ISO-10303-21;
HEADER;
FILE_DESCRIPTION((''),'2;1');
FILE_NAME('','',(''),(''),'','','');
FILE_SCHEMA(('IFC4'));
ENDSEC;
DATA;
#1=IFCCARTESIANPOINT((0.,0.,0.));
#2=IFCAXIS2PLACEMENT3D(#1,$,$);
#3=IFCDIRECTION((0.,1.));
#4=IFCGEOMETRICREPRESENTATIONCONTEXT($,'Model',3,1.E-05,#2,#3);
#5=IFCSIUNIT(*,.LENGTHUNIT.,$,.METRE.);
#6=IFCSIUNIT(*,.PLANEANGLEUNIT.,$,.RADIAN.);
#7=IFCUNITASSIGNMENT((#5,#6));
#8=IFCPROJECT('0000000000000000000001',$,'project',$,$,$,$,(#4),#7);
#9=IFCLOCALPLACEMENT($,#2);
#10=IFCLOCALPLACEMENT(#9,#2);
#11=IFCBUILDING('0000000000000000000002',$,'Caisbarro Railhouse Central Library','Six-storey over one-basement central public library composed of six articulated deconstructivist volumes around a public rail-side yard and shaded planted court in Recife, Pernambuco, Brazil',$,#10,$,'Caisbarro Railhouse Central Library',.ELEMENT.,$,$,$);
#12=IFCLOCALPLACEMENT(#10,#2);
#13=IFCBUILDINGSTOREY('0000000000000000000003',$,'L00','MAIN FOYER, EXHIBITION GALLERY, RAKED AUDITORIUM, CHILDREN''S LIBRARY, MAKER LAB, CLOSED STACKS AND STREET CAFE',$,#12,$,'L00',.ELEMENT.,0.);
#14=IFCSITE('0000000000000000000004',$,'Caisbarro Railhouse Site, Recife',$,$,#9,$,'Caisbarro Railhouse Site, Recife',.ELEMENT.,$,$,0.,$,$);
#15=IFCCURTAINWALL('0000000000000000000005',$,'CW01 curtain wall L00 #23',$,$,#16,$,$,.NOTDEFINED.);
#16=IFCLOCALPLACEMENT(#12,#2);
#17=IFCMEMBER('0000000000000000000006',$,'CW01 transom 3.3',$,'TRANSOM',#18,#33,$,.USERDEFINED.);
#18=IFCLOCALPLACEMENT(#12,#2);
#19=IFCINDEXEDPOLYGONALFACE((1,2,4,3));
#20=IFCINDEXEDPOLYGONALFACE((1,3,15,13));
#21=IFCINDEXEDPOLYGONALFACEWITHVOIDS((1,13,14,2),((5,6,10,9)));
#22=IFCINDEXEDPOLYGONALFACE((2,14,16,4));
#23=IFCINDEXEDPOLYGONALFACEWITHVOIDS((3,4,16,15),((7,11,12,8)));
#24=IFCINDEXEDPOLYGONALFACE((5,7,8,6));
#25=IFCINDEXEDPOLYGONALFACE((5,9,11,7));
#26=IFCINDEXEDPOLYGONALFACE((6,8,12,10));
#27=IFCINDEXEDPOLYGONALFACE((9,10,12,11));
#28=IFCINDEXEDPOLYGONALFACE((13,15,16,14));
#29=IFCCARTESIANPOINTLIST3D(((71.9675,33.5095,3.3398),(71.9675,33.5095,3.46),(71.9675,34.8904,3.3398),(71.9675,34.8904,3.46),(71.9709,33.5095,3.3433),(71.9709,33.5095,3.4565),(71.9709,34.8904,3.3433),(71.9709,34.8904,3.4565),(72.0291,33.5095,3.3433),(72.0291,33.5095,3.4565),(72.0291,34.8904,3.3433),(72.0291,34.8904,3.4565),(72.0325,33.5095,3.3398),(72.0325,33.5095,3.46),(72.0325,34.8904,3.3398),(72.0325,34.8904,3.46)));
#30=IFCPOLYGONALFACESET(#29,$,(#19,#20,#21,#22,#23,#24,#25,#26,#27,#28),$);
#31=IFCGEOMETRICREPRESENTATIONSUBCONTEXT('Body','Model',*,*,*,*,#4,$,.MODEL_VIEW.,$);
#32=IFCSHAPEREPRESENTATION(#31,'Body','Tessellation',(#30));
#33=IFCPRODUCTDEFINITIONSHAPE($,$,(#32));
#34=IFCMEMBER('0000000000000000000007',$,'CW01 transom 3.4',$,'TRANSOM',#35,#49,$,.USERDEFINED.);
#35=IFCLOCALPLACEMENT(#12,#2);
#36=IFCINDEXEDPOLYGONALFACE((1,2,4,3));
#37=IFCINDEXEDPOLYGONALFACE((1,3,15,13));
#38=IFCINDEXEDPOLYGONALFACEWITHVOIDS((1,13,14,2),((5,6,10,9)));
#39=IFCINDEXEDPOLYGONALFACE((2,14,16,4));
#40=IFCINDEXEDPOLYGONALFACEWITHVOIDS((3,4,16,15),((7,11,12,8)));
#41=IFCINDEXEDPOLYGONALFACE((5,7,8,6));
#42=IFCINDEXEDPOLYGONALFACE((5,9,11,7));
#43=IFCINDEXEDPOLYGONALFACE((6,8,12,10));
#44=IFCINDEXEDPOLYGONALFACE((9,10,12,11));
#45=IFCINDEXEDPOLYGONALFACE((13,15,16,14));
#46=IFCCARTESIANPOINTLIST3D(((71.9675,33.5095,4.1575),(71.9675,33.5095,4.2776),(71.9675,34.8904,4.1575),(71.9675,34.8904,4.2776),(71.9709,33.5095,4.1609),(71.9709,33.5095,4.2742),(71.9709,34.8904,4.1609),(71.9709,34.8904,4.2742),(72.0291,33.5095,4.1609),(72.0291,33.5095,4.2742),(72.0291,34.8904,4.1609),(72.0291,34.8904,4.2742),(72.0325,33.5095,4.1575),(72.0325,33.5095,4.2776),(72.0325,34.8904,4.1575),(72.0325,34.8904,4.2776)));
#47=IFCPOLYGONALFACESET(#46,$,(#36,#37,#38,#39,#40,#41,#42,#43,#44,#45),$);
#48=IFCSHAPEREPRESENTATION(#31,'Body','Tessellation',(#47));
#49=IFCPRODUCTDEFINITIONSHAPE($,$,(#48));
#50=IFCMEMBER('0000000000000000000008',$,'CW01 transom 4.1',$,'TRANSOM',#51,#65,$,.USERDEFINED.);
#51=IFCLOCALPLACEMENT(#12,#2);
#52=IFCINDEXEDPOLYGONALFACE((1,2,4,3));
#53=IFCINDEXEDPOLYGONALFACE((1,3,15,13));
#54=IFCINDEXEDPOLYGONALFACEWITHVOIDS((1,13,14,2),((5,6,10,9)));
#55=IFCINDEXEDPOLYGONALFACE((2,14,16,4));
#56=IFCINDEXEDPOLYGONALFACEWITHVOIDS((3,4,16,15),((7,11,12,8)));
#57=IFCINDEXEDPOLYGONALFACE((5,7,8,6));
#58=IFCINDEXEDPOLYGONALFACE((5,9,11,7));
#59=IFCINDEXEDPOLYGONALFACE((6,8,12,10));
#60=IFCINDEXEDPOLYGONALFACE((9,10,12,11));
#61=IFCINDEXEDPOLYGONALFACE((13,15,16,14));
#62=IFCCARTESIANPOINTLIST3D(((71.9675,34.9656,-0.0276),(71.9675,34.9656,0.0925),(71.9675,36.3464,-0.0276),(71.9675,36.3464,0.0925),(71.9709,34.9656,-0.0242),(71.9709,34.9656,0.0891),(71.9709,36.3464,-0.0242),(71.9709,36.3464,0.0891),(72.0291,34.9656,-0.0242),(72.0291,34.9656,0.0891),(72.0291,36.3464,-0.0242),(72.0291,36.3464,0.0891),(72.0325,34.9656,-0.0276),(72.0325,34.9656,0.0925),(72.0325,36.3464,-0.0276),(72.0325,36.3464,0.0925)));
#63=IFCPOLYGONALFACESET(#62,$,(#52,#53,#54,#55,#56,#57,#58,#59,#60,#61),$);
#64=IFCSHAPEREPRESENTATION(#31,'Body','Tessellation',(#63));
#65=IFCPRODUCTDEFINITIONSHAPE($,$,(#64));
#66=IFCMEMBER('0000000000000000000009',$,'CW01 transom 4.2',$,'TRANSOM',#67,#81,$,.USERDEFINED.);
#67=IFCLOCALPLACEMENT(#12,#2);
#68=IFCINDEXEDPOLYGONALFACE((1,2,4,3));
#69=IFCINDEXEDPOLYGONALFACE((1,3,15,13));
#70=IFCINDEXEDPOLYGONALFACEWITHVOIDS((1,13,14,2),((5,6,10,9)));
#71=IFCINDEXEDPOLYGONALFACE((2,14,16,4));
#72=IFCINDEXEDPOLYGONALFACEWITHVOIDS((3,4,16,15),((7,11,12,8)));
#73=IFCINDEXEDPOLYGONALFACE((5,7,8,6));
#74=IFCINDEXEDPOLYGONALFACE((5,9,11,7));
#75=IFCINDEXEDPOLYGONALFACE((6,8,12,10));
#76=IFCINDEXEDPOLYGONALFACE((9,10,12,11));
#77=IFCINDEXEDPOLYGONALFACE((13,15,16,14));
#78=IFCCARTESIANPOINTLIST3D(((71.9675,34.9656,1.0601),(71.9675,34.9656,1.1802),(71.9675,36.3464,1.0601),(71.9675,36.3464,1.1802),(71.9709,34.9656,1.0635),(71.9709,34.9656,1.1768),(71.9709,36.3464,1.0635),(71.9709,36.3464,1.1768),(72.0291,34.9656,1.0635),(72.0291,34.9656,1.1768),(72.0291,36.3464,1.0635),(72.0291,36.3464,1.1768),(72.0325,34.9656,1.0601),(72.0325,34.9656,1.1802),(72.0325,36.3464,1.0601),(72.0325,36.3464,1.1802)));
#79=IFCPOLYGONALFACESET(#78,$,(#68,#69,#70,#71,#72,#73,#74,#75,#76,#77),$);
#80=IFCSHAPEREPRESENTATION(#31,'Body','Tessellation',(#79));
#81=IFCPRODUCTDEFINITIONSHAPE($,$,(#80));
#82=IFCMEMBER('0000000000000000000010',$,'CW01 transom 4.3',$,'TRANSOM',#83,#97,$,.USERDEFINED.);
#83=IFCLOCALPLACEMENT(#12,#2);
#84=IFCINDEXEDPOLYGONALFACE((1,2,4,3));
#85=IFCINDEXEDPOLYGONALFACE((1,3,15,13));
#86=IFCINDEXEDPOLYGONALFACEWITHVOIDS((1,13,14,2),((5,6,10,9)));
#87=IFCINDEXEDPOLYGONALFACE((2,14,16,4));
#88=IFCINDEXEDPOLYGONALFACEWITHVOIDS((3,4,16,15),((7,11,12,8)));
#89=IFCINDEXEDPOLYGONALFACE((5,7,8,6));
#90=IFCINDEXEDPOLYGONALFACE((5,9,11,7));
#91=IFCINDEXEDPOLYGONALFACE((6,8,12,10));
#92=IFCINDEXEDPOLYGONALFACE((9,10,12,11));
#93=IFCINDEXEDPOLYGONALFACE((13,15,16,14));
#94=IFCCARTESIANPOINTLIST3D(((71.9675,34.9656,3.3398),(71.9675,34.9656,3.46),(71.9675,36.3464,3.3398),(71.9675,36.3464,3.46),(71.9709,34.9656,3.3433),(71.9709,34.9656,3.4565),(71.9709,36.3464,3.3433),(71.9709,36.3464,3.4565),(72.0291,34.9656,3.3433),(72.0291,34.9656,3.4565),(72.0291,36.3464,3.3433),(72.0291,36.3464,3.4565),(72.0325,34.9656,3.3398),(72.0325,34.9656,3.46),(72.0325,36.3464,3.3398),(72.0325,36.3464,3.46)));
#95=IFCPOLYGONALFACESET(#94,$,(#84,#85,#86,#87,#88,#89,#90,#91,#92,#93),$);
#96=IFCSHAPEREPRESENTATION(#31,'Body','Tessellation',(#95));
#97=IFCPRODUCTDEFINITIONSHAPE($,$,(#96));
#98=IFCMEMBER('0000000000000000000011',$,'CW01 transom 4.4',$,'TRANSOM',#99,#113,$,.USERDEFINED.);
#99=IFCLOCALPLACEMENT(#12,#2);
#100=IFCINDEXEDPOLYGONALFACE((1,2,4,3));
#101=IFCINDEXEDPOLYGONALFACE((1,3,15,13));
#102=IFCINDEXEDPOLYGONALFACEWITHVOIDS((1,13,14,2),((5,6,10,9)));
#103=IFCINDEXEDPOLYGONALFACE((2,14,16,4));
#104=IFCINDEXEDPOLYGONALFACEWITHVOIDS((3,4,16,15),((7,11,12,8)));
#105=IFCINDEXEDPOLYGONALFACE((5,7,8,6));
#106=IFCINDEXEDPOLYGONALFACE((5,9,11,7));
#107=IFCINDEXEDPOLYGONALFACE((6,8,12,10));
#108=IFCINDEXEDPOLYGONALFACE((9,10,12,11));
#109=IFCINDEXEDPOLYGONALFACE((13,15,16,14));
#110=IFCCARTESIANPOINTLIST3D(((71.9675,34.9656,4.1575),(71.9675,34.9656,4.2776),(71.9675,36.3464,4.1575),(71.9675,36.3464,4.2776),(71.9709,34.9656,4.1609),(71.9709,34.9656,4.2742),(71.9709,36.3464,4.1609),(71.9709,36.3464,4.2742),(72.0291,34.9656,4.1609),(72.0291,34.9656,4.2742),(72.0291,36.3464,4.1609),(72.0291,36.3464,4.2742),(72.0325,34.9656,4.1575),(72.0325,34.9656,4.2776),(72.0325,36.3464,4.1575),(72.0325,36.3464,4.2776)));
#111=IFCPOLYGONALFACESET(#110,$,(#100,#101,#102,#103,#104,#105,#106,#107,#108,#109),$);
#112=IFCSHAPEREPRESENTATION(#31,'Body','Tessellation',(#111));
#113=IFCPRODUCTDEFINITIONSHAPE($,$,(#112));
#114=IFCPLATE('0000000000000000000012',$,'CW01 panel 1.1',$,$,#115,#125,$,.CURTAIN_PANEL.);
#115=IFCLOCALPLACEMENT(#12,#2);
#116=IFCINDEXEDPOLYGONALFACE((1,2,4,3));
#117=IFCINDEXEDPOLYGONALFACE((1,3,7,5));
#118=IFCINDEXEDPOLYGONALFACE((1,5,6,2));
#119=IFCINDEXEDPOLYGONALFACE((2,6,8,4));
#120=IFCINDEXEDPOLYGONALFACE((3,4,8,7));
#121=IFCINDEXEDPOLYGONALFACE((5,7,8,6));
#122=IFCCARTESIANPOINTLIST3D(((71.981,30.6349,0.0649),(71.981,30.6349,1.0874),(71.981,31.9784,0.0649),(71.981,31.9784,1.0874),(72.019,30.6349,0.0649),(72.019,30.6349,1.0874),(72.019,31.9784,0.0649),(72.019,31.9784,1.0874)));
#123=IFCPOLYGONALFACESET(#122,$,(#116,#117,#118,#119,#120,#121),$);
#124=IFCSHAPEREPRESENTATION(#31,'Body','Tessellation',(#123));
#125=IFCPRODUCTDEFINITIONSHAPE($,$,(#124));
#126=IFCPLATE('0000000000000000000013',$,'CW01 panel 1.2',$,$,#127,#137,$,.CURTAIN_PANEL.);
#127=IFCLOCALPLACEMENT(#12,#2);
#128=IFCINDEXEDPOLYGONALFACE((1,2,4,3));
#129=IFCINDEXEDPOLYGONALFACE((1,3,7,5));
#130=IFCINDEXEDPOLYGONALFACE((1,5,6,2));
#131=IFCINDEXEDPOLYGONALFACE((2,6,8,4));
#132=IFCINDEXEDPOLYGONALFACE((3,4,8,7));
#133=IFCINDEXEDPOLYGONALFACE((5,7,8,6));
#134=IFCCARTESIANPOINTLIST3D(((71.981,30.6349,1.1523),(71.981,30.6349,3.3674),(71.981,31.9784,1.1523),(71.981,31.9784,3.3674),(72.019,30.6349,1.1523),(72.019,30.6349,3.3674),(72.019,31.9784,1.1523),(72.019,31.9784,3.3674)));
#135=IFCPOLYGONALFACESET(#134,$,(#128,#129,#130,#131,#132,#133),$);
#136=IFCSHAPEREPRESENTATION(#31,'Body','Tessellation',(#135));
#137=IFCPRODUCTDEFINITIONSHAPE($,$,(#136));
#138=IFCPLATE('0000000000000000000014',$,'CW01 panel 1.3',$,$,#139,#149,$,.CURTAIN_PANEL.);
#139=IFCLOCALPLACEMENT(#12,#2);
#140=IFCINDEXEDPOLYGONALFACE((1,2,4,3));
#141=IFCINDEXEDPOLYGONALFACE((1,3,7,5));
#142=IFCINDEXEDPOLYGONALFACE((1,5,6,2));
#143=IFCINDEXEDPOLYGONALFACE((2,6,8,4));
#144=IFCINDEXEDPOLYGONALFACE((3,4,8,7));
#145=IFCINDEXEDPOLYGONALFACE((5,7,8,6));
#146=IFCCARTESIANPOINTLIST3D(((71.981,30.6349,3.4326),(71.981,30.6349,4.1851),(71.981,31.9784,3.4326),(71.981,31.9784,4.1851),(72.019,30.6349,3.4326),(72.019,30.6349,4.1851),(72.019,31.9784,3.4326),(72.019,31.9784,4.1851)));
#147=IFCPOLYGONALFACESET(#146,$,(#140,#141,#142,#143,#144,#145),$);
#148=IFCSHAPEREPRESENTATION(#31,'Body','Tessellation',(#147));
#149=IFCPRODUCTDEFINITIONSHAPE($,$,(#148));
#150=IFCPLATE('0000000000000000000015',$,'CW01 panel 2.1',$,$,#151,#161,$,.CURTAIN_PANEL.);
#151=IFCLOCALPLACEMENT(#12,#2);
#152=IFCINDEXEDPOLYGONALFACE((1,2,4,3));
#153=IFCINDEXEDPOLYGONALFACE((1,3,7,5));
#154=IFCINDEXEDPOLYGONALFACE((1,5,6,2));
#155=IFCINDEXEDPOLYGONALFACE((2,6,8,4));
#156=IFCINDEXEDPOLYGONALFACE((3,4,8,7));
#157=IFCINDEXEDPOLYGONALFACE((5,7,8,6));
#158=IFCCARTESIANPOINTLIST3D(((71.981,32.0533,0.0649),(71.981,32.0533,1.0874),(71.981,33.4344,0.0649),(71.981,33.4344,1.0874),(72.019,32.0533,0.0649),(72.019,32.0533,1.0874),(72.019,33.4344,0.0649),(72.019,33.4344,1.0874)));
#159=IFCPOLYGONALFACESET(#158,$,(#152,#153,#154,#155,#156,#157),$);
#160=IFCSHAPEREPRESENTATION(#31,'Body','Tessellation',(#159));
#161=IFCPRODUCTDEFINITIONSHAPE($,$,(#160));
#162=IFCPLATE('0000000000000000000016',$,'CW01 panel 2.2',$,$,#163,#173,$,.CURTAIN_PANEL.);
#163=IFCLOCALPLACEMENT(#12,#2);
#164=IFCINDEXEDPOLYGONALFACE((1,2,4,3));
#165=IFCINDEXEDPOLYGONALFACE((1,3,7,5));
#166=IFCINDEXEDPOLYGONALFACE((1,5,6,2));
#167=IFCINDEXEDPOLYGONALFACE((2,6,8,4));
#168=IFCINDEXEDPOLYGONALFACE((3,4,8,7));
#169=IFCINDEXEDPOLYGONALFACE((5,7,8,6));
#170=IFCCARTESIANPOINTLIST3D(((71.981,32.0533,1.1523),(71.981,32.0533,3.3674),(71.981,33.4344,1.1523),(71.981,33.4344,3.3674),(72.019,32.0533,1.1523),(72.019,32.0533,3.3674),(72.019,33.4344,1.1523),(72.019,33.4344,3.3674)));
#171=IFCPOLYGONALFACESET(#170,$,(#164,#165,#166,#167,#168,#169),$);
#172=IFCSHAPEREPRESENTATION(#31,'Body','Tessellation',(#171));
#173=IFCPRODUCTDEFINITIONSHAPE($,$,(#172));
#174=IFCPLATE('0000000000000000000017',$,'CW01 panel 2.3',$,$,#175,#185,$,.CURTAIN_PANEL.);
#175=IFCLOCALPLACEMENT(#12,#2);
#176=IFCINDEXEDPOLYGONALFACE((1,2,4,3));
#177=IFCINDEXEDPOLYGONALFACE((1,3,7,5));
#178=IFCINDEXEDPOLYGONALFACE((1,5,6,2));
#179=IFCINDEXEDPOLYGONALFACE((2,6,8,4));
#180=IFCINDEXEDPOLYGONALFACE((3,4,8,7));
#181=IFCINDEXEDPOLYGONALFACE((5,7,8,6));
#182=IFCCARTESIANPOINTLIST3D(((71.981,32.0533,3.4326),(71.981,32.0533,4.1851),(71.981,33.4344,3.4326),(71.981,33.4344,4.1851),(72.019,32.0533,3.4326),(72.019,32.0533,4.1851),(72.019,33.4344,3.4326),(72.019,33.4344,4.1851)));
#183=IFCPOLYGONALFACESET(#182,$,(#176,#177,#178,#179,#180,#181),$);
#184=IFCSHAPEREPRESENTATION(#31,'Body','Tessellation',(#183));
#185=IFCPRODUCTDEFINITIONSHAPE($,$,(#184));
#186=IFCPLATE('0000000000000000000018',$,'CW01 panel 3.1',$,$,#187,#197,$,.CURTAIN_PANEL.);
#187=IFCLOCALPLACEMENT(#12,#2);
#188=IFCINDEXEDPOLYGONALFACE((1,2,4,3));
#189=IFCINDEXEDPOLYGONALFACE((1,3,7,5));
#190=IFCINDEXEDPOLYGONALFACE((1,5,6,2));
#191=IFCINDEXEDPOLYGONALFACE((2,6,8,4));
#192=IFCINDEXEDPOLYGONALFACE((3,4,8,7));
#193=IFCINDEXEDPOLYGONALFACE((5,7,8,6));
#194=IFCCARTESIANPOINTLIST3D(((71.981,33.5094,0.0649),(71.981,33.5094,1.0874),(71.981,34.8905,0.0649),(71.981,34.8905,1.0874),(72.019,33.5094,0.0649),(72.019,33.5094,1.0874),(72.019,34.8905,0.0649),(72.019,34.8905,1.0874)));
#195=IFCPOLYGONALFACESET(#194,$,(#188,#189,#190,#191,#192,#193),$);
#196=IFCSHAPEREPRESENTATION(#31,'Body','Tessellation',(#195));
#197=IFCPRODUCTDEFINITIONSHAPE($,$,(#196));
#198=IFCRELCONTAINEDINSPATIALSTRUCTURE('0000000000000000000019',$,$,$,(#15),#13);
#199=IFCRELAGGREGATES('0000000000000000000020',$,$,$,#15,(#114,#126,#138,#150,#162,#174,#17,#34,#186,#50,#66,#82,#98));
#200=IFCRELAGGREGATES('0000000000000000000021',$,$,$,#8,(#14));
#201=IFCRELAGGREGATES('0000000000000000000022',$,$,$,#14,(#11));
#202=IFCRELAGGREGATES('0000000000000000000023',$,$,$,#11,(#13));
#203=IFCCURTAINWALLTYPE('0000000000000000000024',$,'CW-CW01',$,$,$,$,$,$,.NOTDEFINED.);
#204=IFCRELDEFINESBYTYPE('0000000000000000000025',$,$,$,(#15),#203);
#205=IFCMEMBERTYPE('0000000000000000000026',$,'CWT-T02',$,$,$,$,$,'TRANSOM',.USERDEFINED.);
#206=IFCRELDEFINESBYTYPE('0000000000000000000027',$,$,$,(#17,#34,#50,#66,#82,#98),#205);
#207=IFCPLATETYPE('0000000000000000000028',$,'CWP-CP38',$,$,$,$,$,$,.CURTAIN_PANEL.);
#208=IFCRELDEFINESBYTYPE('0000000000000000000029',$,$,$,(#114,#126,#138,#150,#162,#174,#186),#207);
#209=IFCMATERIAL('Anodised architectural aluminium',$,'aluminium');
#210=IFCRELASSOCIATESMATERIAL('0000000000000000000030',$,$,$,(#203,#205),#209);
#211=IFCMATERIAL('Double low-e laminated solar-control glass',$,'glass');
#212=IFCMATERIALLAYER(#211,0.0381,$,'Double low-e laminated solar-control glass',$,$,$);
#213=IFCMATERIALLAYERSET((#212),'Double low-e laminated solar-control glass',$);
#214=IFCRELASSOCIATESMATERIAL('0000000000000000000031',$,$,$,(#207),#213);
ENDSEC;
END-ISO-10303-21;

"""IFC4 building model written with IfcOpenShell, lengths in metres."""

from ifc_helpers import new_model, si_unit, direction, frame, origin, origin_2d, place, context, subcontext, project, spatial, rectangle, hollow_rectangle, extrude, material, layer, layer_set, material_profile, profile_set, type_object, element, aggregate, save


model = new_model("IFC4")

# Units and contexts
model_context = context("Model", 3, precision=1e-05, world=origin(), true_north=direction((0.0, 1.0)))
body_context = subcontext(model_context, "Body", "Model", "MODEL_VIEW")
ifc_project = project(units=[si_unit("LENGTHUNIT", "METRE"), si_unit("PLANEANGLEUNIT", "RADIAN")], contexts=[model_context])

# Site, building, storey
site_placement = place(None, origin())
site = spatial("IfcSite", under=ifc_project, at=site_placement, Name="Caisbarro Railhouse Site, Recife", LongName="Caisbarro Railhouse Site, Recife", CompositionType="ELEMENT", RefElevation=0.0)
building_placement = place(site_placement, origin())
building = spatial("IfcBuilding", under=site, at=building_placement, Name="Caisbarro Railhouse Central Library", Description="Six-storey over one-basement central public library composed of six articulated deconstructivist volumes around a public rail-side yard and shaded planted court in Recife, Pernambuco, Brazil", LongName="Caisbarro Railhouse Central Library", CompositionType="ELEMENT")
storey_placement = place(building_placement, origin())
storey = spatial("IfcBuildingStorey", under=building, at=storey_placement, Name="L00", Description="MAIN FOYER, EXHIBITION GALLERY, RAKED AUDITORIUM, CHILDREN'S LIBRARY, MAKER LAB, CLOSED STACKS AND STREET CAFE", LongName="L00", CompositionType="ELEMENT", Elevation=0.0)

# Curtain wall, members, plates
ifc_material_1 = material(Name="Anodised architectural aluminium", Category="aluminium")
curtain_wall_type = type_object("IfcCurtainWallType", Name="CW-CW01", PredefinedType="NOTDEFINED", material=ifc_material_1)
curtain_wall_placement = place(storey_placement, origin())
curtain_wall = element("IfcCurtainWall", 1, at=curtain_wall_placement, inside=storey, type_object=curtain_wall_type, Name="CW01 curtain wall L00 #23", PredefinedType="NOTDEFINED")
ifc_material_profile_1 = material_profile(ifc_material_1, hollow_rectangle(XDim=0.0649, YDim=0.1201, WallThickness=0.0034, at=origin_2d()), Name="ALU-TRN-65X120")
ifc_profile_set_1 = profile_set([ifc_material_profile_1], Name="Anodised architectural aluminium")
member_type_1 = type_object("IfcMemberType", Name="CWT-T02", ElementType="TRANSOM", PredefinedType="USERDEFINED", material=ifc_profile_set_1)
member_1_placement = place(storey_placement, frame((72.0, 33.5095, 3.3999), z_axis=(0.0, 1.0, 0.0), x_axis=(-1.0, 0.0, 0.0)))
member_1 = element("IfcMember", 2, at=member_1_placement, type_object=member_type_1, Name="CW01 transom 3.3", ObjectType="TRANSOM", PredefinedType="USERDEFINED", context=body_context, shape_type="SweptSolid", body=[
    extrude(hollow_rectangle(XDim=0.0649, YDim=0.1201, WallThickness=0.0034, at=origin_2d()), origin(), (0.0, 0.0, 1.0), 1.3809),
])
member_2_placement = place(storey_placement, frame((72.0, 33.5095, 4.2175), z_axis=(0.0, 1.0, 0.0), x_axis=(-1.0, 0.0, 0.0)))
member_2 = element("IfcMember", 3, at=member_2_placement, type_object=member_type_1, Name="CW01 transom 3.4", ObjectType="TRANSOM", PredefinedType="USERDEFINED", context=body_context, shape_type="SweptSolid", body=[
    extrude(hollow_rectangle(XDim=0.0649, YDim=0.1201, WallThickness=0.0034, at=origin_2d()), origin(), (0.0, 0.0, 1.0), 1.3809),
])
member_3_placement = place(storey_placement, frame((72.0, 34.9656, 0.0325), z_axis=(0.0, 1.0, 0.0), x_axis=(-1.0, 0.0, 0.0)))
member_3 = element("IfcMember", 4, at=member_3_placement, type_object=member_type_1, Name="CW01 transom 4.1", ObjectType="TRANSOM", PredefinedType="USERDEFINED", context=body_context, shape_type="SweptSolid", body=[
    extrude(hollow_rectangle(XDim=0.0649, YDim=0.1201, WallThickness=0.0034, at=origin_2d()), origin(), (0.0, 0.0, 1.0), 1.3809),
])
member_4_placement = place(storey_placement, frame((72.0, 34.9656, 1.1201), z_axis=(0.0, 1.0, 0.0), x_axis=(-1.0, 0.0, 0.0)))
member_4 = element("IfcMember", 5, at=member_4_placement, type_object=member_type_1, Name="CW01 transom 4.2", ObjectType="TRANSOM", PredefinedType="USERDEFINED", context=body_context, shape_type="SweptSolid", body=[
    extrude(hollow_rectangle(XDim=0.0649, YDim=0.1201, WallThickness=0.0034, at=origin_2d()), origin(), (0.0, 0.0, 1.0), 1.3809),
])
member_5_placement = place(storey_placement, frame((72.0, 34.9656, 3.3999), z_axis=(0.0, 1.0, 0.0), x_axis=(-1.0, 0.0, 0.0)))
member_5 = element("IfcMember", 6, at=member_5_placement, type_object=member_type_1, Name="CW01 transom 4.3", ObjectType="TRANSOM", PredefinedType="USERDEFINED", context=body_context, shape_type="SweptSolid", body=[
    extrude(hollow_rectangle(XDim=0.0649, YDim=0.1201, WallThickness=0.0034, at=origin_2d()), origin(), (0.0, 0.0, 1.0), 1.3809),
])
member_6_placement = place(storey_placement, frame((72.0, 34.9656, 4.2175), z_axis=(0.0, 1.0, 0.0), x_axis=(-1.0, 0.0, 0.0)))
member_6 = element("IfcMember", 7, at=member_6_placement, type_object=member_type_1, Name="CW01 transom 4.4", ObjectType="TRANSOM", PredefinedType="USERDEFINED", context=body_context, shape_type="SweptSolid", body=[
    extrude(hollow_rectangle(XDim=0.0649, YDim=0.1201, WallThickness=0.0034, at=origin_2d()), origin(), (0.0, 0.0, 1.0), 1.3809),
])
ifc_material_2 = material(Name="Double low-e laminated solar-control glass", Category="glass")
ifc_layer_1 = layer(ifc_material_2, 0.0381, Name="Double low-e laminated solar-control glass")
ifc_layer_set_1 = layer_set([ifc_layer_1], Name="Double low-e laminated solar-control glass")
plate_type = type_object("IfcPlateType", Name="CWP-CP38", PredefinedType="CURTAIN_PANEL", material=ifc_layer_set_1)
plate_1_placement = place(storey_placement, frame((72.0, 31.3066, 0.0649), z_axis=(0.0, 0.0, 1.0), x_axis=(0.0, 1.0, 0.0)))
plate_1 = element("IfcPlate", 8, at=plate_1_placement, type_object=plate_type, Name="CW01 panel 1.1", PredefinedType="CURTAIN_PANEL", context=body_context, shape_type="SweptSolid", body=[
    extrude(rectangle(XDim=1.3435, YDim=0.0381, at=origin_2d()), origin(), (0.0, 0.0, 1.0), 1.0225),
])
plate_2_placement = place(storey_placement, frame((72.0, 31.3066, 1.1523), z_axis=(0.0, 0.0, 1.0), x_axis=(0.0, 1.0, 0.0)))
plate_2 = element("IfcPlate", 9, at=plate_2_placement, type_object=plate_type, Name="CW01 panel 1.2", PredefinedType="CURTAIN_PANEL", context=body_context, shape_type="SweptSolid", body=[
    extrude(rectangle(XDim=1.3435, YDim=0.0381, at=origin_2d()), origin(), (0.0, 0.0, 1.0), 2.2151),
])
plate_3_placement = place(storey_placement, frame((72.0, 31.3066, 3.4326), z_axis=(0.0, 0.0, 1.0), x_axis=(0.0, 1.0, 0.0)))
plate_3 = element("IfcPlate", 10, at=plate_3_placement, type_object=plate_type, Name="CW01 panel 1.3", PredefinedType="CURTAIN_PANEL", context=body_context, shape_type="SweptSolid", body=[
    extrude(rectangle(XDim=1.3435, YDim=0.0381, at=origin_2d()), origin(), (0.0, 0.0, 1.0), 0.7524),
])
plate_4_placement = place(storey_placement, frame((72.0, 32.7439, 0.0649), z_axis=(0.0, 0.0, 1.0), x_axis=(0.0, 1.0, 0.0)))
plate_4 = element("IfcPlate", 11, at=plate_4_placement, type_object=plate_type, Name="CW01 panel 2.1", PredefinedType="CURTAIN_PANEL", context=body_context, shape_type="SweptSolid", body=[
    extrude(rectangle(XDim=1.3811, YDim=0.0381, at=origin_2d()), origin(), (0.0, 0.0, 1.0), 1.0225),
])
plate_5_placement = place(storey_placement, frame((72.0, 32.7439, 1.1523), z_axis=(0.0, 0.0, 1.0), x_axis=(0.0, 1.0, 0.0)))
plate_5 = element("IfcPlate", 12, at=plate_5_placement, type_object=plate_type, Name="CW01 panel 2.2", PredefinedType="CURTAIN_PANEL", context=body_context, shape_type="SweptSolid", body=[
    extrude(rectangle(XDim=1.3811, YDim=0.0381, at=origin_2d()), origin(), (0.0, 0.0, 1.0), 2.2151),
])
plate_6_placement = place(storey_placement, frame((72.0, 32.7439, 3.4326), z_axis=(0.0, 0.0, 1.0), x_axis=(0.0, 1.0, 0.0)))
plate_6 = element("IfcPlate", 13, at=plate_6_placement, type_object=plate_type, Name="CW01 panel 2.3", PredefinedType="CURTAIN_PANEL", context=body_context, shape_type="SweptSolid", body=[
    extrude(rectangle(XDim=1.3811, YDim=0.0381, at=origin_2d()), origin(), (0.0, 0.0, 1.0), 0.7524),
])
plate_7_placement = place(storey_placement, frame((72.0, 34.2, 0.0649), z_axis=(0.0, 0.0, 1.0), x_axis=(0.0, 1.0, 0.0)))
plate_7 = element("IfcPlate", 14, at=plate_7_placement, type_object=plate_type, Name="CW01 panel 3.1", PredefinedType="CURTAIN_PANEL", context=body_context, shape_type="SweptSolid", body=[
    extrude(rectangle(XDim=1.3811, YDim=0.0381, at=origin_2d()), origin(), (0.0, 0.0, 1.0), 1.0225),
])
aggregate(curtain_wall, [plate_1, plate_2, plate_3, plate_4, plate_5, plate_6, member_1, member_2, plate_7, member_3, member_4, member_5, member_6])

save(model, "model.ifc")
